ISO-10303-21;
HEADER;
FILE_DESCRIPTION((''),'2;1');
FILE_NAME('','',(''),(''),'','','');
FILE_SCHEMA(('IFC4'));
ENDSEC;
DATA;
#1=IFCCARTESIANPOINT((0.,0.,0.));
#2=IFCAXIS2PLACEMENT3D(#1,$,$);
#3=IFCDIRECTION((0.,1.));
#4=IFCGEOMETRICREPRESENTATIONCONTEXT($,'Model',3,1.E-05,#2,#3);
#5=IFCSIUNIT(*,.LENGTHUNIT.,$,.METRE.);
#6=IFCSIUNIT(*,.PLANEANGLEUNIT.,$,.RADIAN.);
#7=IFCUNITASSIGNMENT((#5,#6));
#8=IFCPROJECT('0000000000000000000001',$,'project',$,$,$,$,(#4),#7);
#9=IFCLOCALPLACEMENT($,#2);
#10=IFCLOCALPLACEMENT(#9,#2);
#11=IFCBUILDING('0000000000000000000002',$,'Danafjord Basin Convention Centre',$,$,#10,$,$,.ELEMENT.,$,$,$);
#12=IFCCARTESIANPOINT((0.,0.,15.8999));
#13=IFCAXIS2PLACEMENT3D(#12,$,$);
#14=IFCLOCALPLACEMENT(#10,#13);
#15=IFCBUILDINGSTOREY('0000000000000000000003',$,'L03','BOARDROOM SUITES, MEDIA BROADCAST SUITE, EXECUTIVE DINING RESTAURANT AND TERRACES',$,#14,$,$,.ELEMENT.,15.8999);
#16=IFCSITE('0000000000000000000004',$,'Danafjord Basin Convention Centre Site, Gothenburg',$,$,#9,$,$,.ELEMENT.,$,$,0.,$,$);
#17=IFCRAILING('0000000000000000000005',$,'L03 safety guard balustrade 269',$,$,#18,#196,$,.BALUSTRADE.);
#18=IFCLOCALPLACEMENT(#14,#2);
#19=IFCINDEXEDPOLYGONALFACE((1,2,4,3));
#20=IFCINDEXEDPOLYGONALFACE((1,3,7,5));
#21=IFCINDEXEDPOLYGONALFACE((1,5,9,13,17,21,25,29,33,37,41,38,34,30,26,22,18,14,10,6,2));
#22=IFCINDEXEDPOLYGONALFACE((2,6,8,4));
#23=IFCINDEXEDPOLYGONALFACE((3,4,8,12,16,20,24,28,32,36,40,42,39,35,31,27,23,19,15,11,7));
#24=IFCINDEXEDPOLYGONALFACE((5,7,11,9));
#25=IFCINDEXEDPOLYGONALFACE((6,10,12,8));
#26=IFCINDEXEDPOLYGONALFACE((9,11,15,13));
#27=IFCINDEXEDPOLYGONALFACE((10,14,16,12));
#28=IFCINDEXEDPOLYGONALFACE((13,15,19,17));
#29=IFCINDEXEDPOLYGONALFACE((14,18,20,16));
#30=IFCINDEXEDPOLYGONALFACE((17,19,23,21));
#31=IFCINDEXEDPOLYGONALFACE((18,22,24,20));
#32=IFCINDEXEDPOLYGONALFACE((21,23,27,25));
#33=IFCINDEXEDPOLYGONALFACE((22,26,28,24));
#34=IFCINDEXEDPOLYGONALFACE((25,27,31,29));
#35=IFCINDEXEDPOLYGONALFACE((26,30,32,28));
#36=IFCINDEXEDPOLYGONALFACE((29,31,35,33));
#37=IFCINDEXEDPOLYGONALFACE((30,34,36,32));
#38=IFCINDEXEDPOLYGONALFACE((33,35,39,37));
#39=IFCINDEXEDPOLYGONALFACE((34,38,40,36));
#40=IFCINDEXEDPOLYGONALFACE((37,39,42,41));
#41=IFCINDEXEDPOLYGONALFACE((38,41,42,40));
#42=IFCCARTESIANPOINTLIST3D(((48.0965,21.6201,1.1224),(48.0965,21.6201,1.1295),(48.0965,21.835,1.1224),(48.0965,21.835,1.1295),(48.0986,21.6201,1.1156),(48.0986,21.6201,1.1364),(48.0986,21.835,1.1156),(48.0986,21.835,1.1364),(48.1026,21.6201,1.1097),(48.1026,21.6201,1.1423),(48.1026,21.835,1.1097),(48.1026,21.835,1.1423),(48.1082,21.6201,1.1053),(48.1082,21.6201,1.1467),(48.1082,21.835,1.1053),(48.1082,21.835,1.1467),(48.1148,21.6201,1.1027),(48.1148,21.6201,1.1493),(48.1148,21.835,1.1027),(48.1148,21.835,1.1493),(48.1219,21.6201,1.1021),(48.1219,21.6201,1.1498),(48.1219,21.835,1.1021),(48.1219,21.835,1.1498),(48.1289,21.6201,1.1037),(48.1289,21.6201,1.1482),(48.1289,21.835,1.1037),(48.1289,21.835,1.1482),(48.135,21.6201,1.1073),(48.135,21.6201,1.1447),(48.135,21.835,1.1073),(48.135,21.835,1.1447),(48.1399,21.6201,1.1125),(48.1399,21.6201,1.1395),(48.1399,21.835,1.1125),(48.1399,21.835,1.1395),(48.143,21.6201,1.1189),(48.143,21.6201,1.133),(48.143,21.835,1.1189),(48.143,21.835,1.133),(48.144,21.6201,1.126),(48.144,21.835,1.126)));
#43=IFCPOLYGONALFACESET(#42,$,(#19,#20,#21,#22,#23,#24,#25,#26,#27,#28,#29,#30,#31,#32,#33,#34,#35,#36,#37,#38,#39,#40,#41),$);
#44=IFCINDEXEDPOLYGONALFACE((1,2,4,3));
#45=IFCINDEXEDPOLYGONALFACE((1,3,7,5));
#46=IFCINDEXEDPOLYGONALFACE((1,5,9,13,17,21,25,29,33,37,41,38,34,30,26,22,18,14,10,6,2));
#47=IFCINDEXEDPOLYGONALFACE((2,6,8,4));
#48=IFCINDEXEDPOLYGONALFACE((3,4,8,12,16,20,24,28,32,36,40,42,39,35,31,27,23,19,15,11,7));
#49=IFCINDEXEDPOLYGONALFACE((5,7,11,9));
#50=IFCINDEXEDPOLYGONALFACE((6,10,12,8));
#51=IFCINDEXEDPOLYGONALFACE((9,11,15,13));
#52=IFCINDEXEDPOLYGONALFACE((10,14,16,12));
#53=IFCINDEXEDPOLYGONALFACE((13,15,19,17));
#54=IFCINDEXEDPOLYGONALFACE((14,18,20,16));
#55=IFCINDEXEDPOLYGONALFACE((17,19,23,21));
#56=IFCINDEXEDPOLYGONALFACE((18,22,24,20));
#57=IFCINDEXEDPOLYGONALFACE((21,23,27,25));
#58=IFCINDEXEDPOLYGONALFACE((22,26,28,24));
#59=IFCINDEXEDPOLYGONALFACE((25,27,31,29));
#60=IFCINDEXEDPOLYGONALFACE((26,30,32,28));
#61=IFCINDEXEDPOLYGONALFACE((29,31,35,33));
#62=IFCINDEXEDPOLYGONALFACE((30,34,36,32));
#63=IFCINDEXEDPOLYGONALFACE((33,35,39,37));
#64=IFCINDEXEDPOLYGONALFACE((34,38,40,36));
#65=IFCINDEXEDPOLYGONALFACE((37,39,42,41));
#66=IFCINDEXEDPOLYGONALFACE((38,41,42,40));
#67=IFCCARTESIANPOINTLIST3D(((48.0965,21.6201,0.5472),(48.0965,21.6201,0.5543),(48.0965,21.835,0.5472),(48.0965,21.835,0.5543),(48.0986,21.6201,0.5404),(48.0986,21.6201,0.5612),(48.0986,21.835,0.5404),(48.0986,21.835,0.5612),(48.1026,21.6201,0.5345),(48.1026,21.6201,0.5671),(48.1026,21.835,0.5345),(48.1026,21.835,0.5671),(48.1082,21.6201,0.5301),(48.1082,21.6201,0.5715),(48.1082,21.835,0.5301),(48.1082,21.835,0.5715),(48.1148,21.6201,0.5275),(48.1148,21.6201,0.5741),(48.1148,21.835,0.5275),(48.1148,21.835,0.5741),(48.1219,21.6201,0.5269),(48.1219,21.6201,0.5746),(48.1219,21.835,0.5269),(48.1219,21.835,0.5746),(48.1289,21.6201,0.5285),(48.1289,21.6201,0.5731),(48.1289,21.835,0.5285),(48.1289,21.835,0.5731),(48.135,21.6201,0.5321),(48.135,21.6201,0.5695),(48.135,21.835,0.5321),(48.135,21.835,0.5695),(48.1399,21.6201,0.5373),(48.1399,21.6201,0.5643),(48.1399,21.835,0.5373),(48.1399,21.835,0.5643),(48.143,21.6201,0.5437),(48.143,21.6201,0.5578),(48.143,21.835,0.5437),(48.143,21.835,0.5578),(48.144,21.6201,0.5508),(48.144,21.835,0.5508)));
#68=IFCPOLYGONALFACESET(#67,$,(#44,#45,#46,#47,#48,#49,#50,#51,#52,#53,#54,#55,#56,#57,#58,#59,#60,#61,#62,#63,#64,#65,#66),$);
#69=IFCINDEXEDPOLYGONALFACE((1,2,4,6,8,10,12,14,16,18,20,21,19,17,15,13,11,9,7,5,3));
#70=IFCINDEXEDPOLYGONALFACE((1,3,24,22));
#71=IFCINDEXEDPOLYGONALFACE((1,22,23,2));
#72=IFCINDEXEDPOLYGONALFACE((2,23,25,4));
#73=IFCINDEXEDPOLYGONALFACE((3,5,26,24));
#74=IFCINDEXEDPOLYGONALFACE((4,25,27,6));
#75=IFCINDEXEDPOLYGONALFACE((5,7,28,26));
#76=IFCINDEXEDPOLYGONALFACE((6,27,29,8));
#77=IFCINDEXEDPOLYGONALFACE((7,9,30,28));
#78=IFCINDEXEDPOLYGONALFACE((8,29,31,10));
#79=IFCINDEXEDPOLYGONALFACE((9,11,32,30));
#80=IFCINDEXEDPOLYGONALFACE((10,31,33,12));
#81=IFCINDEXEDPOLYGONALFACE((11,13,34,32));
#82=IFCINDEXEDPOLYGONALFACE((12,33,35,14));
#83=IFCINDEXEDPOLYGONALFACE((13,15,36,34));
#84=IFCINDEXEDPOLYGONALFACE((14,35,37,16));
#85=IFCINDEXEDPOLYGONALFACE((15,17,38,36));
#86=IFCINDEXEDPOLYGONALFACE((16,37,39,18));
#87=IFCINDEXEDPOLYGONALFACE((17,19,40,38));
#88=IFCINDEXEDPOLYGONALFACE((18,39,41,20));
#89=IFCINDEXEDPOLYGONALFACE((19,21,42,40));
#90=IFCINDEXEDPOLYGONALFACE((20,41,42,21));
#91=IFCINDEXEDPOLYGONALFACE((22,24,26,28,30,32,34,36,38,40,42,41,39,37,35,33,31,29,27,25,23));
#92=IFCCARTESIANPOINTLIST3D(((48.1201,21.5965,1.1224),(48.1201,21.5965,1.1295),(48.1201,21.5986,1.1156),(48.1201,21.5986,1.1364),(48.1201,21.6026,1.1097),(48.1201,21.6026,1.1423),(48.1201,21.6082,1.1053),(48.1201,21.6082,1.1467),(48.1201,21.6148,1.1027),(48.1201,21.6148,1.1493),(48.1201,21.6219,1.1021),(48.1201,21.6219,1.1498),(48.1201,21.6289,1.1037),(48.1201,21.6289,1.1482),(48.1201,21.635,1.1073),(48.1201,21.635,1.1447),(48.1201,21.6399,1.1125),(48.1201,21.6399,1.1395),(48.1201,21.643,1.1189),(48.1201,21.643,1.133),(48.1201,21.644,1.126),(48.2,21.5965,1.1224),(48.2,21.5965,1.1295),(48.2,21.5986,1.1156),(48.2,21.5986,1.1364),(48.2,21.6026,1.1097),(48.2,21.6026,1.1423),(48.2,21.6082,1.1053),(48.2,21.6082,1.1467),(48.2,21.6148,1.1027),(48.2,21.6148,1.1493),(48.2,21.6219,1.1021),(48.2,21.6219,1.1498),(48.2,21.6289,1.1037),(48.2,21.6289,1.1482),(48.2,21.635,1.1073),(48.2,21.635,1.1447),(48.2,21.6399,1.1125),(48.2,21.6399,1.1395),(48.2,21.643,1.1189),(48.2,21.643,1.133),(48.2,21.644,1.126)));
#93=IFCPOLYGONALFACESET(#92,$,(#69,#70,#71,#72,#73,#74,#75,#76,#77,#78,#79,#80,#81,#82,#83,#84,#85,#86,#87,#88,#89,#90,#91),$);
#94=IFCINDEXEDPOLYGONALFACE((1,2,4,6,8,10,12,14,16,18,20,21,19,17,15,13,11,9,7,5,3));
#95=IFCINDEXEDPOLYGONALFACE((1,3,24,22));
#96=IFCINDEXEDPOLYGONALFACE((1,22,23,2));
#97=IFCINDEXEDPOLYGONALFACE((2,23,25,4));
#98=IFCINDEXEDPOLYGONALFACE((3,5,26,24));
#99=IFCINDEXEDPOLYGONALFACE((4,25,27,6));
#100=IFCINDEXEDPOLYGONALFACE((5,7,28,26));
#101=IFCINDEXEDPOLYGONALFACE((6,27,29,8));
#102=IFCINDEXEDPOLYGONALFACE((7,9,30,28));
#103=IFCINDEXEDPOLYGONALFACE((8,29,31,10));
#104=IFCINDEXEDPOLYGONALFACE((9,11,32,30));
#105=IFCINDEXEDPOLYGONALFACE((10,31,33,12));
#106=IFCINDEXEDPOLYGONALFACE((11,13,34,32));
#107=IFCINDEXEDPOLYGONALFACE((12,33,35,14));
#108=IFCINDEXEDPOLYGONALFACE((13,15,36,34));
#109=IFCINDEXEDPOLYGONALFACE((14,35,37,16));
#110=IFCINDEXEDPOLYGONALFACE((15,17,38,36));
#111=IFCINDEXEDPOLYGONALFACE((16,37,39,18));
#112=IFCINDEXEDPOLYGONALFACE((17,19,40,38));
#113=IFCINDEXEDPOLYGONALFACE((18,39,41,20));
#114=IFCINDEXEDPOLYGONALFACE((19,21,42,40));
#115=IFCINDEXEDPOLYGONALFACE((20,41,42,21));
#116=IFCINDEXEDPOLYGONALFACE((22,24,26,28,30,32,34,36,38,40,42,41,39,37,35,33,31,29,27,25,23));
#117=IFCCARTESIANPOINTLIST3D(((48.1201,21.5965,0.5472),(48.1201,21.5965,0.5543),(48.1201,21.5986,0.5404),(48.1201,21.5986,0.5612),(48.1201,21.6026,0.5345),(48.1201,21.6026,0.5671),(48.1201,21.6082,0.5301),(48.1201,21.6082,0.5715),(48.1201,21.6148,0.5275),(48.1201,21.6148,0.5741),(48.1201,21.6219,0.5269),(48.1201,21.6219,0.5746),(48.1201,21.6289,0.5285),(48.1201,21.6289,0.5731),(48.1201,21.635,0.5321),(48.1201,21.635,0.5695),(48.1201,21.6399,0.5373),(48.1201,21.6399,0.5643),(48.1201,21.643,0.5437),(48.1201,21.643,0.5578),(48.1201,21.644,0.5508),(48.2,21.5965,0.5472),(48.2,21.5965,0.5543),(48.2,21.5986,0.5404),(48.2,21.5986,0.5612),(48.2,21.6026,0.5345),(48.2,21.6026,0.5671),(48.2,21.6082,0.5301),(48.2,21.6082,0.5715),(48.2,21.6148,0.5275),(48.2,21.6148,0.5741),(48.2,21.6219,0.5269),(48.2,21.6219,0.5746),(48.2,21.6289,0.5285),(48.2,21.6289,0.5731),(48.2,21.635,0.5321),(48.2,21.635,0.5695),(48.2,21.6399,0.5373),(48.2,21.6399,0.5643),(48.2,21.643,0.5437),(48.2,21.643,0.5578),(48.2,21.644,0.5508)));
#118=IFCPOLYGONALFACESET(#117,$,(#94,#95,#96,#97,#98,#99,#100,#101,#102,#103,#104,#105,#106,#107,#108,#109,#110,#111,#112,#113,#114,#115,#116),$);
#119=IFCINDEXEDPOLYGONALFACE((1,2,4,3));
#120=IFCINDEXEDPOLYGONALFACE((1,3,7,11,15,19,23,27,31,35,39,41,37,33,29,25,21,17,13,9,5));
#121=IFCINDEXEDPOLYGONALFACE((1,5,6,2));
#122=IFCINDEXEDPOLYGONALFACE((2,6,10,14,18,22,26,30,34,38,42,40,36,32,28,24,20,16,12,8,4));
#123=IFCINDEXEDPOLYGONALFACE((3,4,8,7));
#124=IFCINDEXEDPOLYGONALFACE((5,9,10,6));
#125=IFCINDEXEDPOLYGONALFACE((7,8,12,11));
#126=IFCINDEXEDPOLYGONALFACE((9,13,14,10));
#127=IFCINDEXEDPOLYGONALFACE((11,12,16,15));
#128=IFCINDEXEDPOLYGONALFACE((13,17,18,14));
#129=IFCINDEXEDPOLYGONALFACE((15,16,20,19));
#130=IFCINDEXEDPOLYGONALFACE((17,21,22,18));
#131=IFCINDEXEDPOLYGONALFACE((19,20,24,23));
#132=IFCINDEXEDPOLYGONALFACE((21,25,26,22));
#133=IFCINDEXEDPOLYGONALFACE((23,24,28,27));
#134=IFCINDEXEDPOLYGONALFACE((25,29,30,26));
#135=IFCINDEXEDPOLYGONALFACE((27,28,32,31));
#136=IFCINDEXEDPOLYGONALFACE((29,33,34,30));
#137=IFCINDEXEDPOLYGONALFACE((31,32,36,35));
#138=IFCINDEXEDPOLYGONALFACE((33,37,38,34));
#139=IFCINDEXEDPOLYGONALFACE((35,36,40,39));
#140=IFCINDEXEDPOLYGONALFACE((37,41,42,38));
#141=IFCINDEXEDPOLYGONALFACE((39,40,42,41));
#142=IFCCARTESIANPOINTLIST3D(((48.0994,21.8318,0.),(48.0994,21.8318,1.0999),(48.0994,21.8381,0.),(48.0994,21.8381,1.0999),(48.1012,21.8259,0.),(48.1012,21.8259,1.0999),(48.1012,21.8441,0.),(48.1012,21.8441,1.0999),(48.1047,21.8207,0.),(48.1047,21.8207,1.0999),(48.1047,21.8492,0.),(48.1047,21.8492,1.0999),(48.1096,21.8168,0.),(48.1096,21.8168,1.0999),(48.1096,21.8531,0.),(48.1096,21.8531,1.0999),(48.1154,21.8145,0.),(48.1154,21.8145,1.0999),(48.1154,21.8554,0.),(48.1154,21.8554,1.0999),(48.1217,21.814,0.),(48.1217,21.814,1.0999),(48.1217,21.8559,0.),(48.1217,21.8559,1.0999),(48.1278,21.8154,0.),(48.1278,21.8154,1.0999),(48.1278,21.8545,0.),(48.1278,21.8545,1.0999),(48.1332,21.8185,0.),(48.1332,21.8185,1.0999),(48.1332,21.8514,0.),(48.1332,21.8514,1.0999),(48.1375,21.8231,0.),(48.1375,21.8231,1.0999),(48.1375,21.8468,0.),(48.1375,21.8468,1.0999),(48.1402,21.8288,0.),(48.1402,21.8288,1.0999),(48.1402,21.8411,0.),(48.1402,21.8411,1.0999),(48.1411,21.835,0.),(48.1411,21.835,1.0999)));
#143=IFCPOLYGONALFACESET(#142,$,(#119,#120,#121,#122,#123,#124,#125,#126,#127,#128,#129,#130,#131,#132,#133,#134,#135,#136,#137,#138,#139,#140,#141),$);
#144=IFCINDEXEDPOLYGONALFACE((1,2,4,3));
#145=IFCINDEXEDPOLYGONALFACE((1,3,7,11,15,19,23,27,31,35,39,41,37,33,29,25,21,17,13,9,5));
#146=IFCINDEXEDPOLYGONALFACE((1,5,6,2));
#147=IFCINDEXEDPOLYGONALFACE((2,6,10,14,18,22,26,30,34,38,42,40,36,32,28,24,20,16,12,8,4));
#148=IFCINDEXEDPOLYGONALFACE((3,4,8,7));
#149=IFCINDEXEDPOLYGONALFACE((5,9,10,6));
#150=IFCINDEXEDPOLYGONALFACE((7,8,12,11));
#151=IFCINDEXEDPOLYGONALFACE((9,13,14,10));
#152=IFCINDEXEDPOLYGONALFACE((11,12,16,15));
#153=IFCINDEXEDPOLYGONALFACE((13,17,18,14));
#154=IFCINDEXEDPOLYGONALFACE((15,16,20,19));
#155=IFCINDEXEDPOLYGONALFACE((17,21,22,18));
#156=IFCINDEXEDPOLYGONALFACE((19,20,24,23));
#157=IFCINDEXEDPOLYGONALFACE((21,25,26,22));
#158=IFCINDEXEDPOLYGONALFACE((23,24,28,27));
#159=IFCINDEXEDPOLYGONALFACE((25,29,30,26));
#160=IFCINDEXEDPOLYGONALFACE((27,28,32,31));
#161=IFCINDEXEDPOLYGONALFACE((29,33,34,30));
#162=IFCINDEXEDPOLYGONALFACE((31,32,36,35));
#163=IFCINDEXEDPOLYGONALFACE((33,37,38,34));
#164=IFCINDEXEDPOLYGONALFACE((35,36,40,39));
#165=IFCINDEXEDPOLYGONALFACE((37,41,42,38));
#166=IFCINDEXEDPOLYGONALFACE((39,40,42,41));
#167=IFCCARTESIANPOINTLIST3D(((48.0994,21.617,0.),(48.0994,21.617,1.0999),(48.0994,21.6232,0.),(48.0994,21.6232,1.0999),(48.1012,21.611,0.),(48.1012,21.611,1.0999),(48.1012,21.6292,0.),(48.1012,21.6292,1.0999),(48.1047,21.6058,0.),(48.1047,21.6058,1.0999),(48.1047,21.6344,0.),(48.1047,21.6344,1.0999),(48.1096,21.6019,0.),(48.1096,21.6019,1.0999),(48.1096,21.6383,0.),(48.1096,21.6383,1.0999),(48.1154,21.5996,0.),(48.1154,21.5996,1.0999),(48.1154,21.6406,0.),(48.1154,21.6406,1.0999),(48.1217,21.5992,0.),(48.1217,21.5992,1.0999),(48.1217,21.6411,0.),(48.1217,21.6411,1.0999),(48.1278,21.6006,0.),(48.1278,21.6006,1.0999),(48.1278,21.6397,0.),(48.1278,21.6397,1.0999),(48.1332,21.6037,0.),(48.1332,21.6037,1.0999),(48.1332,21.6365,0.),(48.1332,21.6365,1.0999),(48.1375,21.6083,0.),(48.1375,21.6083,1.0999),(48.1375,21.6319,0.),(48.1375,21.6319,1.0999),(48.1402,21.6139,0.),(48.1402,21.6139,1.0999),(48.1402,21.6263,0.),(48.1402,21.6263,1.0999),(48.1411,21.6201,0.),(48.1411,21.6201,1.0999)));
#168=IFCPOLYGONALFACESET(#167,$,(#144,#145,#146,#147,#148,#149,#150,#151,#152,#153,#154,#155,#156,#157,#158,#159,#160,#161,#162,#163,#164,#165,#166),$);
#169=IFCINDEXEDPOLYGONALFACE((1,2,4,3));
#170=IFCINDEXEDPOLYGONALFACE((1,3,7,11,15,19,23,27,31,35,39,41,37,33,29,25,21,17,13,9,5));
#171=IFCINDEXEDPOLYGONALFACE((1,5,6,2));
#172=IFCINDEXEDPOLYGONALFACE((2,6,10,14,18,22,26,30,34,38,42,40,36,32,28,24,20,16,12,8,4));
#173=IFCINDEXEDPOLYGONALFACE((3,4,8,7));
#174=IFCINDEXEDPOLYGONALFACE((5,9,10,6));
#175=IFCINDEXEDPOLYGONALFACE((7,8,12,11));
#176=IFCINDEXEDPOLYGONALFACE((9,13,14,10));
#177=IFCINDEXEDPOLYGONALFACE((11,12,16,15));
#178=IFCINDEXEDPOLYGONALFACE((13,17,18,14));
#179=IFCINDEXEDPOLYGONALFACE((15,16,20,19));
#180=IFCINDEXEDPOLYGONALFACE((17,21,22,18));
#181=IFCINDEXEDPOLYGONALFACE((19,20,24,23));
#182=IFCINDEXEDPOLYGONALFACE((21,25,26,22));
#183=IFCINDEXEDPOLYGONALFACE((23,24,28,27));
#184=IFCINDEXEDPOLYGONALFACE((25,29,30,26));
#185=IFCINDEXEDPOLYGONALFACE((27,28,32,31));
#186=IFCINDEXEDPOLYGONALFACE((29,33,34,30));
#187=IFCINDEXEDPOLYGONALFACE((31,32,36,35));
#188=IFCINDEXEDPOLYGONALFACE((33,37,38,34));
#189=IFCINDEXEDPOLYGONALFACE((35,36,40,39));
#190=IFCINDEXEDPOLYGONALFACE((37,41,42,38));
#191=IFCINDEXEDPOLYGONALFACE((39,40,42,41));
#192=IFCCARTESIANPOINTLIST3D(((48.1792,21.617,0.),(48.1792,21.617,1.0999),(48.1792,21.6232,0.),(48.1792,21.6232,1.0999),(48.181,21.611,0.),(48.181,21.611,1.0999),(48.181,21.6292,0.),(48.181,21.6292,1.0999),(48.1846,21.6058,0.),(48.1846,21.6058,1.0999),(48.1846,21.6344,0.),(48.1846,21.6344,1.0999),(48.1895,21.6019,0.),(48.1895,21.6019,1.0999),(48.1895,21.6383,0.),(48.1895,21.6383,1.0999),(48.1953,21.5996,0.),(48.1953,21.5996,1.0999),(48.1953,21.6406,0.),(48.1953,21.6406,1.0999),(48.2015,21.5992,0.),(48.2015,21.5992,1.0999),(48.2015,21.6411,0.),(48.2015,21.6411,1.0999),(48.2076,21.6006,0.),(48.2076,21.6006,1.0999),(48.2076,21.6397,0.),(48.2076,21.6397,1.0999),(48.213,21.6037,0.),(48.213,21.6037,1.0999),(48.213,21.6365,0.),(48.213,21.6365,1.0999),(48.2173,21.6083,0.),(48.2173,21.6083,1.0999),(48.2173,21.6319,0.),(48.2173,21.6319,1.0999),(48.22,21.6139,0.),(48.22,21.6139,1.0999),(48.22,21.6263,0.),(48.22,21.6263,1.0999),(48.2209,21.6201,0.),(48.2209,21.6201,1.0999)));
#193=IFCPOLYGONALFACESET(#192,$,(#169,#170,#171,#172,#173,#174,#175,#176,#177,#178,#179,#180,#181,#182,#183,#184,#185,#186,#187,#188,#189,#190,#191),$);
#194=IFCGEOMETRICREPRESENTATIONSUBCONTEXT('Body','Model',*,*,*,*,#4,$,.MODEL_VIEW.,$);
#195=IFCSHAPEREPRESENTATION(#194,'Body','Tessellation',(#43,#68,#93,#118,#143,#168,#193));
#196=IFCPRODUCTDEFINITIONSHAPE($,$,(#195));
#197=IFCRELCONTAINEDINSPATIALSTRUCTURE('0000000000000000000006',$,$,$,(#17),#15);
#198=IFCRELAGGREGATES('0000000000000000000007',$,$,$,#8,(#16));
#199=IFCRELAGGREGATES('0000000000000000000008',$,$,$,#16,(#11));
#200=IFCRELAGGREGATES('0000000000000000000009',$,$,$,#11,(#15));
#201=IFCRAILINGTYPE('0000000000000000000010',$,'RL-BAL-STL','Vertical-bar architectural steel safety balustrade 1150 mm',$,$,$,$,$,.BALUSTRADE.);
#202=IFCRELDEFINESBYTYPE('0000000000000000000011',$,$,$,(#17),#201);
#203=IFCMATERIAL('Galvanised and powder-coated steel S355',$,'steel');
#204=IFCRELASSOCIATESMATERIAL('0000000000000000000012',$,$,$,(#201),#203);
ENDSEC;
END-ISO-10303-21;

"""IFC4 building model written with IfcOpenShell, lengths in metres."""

from ifc_helpers import new_model, si_unit, direction, frame, origin, origin_2d, place, context, subcontext, project, spatial, circle, extrude, material, type_object, element, save


model = new_model("IFC4")

# Units and contexts
model_context = context("Model", 3, precision=1e-05, world=origin(), true_north=direction((0.0, 1.0)))
body_context = subcontext(model_context, "Body", "Model", "MODEL_VIEW")
ifc_project = project(units=[si_unit("LENGTHUNIT", "METRE"), si_unit("PLANEANGLEUNIT", "RADIAN")], contexts=[model_context])

# Site, building, storey
site_placement = place(None, origin())
site = spatial("IfcSite", under=ifc_project, at=site_placement, Name="Danafjord Basin Convention Centre Site, Gothenburg", CompositionType="ELEMENT", RefElevation=0.0)
building_placement = place(site_placement, origin())
building = spatial("IfcBuilding", under=site, at=building_placement, Name="Danafjord Basin Convention Centre", CompositionType="ELEMENT")
storey_placement = place(building_placement, frame((0.0, 0.0, 15.8999)))
storey = spatial("IfcBuildingStorey", under=building, at=storey_placement, Name="L03", Description="BOARDROOM SUITES, MEDIA BROADCAST SUITE, EXECUTIVE DINING RESTAURANT AND TERRACES", CompositionType="ELEMENT", Elevation=15.8999)

# Railing
ifc_material_1 = material(Name="Galvanised and powder-coated steel S355", Category="steel")
railing_type_1 = type_object("IfcRailingType", Name="RL-BAL-STL", Description="Vertical-bar architectural steel safety balustrade 1150 mm", PredefinedType="BALUSTRADE", material=ifc_material_1)
railing_1_placement = place(storey_placement, frame((48.1201, 21.835, 0.0)))
element("IfcRailing", 1, at=railing_1_placement, inside=storey, type_object=railing_type_1, Name="L03 safety guard balustrade 269", PredefinedType="BALUSTRADE", context=body_context, shape_type="SweptSolid", body=[
    extrude(circle(Radius=0.0239, at=origin_2d()), frame((0.0, 0.0, 1.126), z_axis=(0.0, -1.0, 0.0), x_axis=(1.0, 0.0, 0.0)), (0.0, 0.0, 1.0), 0.2148),
    extrude(circle(Radius=0.0239, at=origin_2d()), frame((0.0, 0.0, 0.5508), z_axis=(0.0, -1.0, 0.0), x_axis=(1.0, 0.0, 0.0)), (0.0, 0.0, 1.0), 0.2148),
    extrude(circle(Radius=0.0239, at=origin_2d()), frame((0.0, -0.2148, 1.126), z_axis=(1.0, 0.0, 0.0), x_axis=(0.0, 1.0, 0.0)), (0.0, 0.0, 1.0), 0.0798),
    extrude(circle(Radius=0.0239, at=origin_2d()), frame((0.0, -0.2148, 0.5508), z_axis=(1.0, 0.0, 0.0), x_axis=(0.0, 1.0, 0.0)), (0.0, 0.0, 1.0), 0.0798),
    extrude(circle(Radius=0.021, at=origin_2d()), origin(), (0.0, 0.0, 1.0), 1.0999),
    extrude(circle(Radius=0.021, at=origin_2d()), frame((0.0, -0.2148, 0.0)), (0.0, 0.0, 1.0), 1.0999),
    extrude(circle(Radius=0.021, at=origin_2d()), frame((0.0798, -0.2148, 0.0)), (0.0, 0.0, 1.0), 1.0999),
])

save(model, "model.ifc")
